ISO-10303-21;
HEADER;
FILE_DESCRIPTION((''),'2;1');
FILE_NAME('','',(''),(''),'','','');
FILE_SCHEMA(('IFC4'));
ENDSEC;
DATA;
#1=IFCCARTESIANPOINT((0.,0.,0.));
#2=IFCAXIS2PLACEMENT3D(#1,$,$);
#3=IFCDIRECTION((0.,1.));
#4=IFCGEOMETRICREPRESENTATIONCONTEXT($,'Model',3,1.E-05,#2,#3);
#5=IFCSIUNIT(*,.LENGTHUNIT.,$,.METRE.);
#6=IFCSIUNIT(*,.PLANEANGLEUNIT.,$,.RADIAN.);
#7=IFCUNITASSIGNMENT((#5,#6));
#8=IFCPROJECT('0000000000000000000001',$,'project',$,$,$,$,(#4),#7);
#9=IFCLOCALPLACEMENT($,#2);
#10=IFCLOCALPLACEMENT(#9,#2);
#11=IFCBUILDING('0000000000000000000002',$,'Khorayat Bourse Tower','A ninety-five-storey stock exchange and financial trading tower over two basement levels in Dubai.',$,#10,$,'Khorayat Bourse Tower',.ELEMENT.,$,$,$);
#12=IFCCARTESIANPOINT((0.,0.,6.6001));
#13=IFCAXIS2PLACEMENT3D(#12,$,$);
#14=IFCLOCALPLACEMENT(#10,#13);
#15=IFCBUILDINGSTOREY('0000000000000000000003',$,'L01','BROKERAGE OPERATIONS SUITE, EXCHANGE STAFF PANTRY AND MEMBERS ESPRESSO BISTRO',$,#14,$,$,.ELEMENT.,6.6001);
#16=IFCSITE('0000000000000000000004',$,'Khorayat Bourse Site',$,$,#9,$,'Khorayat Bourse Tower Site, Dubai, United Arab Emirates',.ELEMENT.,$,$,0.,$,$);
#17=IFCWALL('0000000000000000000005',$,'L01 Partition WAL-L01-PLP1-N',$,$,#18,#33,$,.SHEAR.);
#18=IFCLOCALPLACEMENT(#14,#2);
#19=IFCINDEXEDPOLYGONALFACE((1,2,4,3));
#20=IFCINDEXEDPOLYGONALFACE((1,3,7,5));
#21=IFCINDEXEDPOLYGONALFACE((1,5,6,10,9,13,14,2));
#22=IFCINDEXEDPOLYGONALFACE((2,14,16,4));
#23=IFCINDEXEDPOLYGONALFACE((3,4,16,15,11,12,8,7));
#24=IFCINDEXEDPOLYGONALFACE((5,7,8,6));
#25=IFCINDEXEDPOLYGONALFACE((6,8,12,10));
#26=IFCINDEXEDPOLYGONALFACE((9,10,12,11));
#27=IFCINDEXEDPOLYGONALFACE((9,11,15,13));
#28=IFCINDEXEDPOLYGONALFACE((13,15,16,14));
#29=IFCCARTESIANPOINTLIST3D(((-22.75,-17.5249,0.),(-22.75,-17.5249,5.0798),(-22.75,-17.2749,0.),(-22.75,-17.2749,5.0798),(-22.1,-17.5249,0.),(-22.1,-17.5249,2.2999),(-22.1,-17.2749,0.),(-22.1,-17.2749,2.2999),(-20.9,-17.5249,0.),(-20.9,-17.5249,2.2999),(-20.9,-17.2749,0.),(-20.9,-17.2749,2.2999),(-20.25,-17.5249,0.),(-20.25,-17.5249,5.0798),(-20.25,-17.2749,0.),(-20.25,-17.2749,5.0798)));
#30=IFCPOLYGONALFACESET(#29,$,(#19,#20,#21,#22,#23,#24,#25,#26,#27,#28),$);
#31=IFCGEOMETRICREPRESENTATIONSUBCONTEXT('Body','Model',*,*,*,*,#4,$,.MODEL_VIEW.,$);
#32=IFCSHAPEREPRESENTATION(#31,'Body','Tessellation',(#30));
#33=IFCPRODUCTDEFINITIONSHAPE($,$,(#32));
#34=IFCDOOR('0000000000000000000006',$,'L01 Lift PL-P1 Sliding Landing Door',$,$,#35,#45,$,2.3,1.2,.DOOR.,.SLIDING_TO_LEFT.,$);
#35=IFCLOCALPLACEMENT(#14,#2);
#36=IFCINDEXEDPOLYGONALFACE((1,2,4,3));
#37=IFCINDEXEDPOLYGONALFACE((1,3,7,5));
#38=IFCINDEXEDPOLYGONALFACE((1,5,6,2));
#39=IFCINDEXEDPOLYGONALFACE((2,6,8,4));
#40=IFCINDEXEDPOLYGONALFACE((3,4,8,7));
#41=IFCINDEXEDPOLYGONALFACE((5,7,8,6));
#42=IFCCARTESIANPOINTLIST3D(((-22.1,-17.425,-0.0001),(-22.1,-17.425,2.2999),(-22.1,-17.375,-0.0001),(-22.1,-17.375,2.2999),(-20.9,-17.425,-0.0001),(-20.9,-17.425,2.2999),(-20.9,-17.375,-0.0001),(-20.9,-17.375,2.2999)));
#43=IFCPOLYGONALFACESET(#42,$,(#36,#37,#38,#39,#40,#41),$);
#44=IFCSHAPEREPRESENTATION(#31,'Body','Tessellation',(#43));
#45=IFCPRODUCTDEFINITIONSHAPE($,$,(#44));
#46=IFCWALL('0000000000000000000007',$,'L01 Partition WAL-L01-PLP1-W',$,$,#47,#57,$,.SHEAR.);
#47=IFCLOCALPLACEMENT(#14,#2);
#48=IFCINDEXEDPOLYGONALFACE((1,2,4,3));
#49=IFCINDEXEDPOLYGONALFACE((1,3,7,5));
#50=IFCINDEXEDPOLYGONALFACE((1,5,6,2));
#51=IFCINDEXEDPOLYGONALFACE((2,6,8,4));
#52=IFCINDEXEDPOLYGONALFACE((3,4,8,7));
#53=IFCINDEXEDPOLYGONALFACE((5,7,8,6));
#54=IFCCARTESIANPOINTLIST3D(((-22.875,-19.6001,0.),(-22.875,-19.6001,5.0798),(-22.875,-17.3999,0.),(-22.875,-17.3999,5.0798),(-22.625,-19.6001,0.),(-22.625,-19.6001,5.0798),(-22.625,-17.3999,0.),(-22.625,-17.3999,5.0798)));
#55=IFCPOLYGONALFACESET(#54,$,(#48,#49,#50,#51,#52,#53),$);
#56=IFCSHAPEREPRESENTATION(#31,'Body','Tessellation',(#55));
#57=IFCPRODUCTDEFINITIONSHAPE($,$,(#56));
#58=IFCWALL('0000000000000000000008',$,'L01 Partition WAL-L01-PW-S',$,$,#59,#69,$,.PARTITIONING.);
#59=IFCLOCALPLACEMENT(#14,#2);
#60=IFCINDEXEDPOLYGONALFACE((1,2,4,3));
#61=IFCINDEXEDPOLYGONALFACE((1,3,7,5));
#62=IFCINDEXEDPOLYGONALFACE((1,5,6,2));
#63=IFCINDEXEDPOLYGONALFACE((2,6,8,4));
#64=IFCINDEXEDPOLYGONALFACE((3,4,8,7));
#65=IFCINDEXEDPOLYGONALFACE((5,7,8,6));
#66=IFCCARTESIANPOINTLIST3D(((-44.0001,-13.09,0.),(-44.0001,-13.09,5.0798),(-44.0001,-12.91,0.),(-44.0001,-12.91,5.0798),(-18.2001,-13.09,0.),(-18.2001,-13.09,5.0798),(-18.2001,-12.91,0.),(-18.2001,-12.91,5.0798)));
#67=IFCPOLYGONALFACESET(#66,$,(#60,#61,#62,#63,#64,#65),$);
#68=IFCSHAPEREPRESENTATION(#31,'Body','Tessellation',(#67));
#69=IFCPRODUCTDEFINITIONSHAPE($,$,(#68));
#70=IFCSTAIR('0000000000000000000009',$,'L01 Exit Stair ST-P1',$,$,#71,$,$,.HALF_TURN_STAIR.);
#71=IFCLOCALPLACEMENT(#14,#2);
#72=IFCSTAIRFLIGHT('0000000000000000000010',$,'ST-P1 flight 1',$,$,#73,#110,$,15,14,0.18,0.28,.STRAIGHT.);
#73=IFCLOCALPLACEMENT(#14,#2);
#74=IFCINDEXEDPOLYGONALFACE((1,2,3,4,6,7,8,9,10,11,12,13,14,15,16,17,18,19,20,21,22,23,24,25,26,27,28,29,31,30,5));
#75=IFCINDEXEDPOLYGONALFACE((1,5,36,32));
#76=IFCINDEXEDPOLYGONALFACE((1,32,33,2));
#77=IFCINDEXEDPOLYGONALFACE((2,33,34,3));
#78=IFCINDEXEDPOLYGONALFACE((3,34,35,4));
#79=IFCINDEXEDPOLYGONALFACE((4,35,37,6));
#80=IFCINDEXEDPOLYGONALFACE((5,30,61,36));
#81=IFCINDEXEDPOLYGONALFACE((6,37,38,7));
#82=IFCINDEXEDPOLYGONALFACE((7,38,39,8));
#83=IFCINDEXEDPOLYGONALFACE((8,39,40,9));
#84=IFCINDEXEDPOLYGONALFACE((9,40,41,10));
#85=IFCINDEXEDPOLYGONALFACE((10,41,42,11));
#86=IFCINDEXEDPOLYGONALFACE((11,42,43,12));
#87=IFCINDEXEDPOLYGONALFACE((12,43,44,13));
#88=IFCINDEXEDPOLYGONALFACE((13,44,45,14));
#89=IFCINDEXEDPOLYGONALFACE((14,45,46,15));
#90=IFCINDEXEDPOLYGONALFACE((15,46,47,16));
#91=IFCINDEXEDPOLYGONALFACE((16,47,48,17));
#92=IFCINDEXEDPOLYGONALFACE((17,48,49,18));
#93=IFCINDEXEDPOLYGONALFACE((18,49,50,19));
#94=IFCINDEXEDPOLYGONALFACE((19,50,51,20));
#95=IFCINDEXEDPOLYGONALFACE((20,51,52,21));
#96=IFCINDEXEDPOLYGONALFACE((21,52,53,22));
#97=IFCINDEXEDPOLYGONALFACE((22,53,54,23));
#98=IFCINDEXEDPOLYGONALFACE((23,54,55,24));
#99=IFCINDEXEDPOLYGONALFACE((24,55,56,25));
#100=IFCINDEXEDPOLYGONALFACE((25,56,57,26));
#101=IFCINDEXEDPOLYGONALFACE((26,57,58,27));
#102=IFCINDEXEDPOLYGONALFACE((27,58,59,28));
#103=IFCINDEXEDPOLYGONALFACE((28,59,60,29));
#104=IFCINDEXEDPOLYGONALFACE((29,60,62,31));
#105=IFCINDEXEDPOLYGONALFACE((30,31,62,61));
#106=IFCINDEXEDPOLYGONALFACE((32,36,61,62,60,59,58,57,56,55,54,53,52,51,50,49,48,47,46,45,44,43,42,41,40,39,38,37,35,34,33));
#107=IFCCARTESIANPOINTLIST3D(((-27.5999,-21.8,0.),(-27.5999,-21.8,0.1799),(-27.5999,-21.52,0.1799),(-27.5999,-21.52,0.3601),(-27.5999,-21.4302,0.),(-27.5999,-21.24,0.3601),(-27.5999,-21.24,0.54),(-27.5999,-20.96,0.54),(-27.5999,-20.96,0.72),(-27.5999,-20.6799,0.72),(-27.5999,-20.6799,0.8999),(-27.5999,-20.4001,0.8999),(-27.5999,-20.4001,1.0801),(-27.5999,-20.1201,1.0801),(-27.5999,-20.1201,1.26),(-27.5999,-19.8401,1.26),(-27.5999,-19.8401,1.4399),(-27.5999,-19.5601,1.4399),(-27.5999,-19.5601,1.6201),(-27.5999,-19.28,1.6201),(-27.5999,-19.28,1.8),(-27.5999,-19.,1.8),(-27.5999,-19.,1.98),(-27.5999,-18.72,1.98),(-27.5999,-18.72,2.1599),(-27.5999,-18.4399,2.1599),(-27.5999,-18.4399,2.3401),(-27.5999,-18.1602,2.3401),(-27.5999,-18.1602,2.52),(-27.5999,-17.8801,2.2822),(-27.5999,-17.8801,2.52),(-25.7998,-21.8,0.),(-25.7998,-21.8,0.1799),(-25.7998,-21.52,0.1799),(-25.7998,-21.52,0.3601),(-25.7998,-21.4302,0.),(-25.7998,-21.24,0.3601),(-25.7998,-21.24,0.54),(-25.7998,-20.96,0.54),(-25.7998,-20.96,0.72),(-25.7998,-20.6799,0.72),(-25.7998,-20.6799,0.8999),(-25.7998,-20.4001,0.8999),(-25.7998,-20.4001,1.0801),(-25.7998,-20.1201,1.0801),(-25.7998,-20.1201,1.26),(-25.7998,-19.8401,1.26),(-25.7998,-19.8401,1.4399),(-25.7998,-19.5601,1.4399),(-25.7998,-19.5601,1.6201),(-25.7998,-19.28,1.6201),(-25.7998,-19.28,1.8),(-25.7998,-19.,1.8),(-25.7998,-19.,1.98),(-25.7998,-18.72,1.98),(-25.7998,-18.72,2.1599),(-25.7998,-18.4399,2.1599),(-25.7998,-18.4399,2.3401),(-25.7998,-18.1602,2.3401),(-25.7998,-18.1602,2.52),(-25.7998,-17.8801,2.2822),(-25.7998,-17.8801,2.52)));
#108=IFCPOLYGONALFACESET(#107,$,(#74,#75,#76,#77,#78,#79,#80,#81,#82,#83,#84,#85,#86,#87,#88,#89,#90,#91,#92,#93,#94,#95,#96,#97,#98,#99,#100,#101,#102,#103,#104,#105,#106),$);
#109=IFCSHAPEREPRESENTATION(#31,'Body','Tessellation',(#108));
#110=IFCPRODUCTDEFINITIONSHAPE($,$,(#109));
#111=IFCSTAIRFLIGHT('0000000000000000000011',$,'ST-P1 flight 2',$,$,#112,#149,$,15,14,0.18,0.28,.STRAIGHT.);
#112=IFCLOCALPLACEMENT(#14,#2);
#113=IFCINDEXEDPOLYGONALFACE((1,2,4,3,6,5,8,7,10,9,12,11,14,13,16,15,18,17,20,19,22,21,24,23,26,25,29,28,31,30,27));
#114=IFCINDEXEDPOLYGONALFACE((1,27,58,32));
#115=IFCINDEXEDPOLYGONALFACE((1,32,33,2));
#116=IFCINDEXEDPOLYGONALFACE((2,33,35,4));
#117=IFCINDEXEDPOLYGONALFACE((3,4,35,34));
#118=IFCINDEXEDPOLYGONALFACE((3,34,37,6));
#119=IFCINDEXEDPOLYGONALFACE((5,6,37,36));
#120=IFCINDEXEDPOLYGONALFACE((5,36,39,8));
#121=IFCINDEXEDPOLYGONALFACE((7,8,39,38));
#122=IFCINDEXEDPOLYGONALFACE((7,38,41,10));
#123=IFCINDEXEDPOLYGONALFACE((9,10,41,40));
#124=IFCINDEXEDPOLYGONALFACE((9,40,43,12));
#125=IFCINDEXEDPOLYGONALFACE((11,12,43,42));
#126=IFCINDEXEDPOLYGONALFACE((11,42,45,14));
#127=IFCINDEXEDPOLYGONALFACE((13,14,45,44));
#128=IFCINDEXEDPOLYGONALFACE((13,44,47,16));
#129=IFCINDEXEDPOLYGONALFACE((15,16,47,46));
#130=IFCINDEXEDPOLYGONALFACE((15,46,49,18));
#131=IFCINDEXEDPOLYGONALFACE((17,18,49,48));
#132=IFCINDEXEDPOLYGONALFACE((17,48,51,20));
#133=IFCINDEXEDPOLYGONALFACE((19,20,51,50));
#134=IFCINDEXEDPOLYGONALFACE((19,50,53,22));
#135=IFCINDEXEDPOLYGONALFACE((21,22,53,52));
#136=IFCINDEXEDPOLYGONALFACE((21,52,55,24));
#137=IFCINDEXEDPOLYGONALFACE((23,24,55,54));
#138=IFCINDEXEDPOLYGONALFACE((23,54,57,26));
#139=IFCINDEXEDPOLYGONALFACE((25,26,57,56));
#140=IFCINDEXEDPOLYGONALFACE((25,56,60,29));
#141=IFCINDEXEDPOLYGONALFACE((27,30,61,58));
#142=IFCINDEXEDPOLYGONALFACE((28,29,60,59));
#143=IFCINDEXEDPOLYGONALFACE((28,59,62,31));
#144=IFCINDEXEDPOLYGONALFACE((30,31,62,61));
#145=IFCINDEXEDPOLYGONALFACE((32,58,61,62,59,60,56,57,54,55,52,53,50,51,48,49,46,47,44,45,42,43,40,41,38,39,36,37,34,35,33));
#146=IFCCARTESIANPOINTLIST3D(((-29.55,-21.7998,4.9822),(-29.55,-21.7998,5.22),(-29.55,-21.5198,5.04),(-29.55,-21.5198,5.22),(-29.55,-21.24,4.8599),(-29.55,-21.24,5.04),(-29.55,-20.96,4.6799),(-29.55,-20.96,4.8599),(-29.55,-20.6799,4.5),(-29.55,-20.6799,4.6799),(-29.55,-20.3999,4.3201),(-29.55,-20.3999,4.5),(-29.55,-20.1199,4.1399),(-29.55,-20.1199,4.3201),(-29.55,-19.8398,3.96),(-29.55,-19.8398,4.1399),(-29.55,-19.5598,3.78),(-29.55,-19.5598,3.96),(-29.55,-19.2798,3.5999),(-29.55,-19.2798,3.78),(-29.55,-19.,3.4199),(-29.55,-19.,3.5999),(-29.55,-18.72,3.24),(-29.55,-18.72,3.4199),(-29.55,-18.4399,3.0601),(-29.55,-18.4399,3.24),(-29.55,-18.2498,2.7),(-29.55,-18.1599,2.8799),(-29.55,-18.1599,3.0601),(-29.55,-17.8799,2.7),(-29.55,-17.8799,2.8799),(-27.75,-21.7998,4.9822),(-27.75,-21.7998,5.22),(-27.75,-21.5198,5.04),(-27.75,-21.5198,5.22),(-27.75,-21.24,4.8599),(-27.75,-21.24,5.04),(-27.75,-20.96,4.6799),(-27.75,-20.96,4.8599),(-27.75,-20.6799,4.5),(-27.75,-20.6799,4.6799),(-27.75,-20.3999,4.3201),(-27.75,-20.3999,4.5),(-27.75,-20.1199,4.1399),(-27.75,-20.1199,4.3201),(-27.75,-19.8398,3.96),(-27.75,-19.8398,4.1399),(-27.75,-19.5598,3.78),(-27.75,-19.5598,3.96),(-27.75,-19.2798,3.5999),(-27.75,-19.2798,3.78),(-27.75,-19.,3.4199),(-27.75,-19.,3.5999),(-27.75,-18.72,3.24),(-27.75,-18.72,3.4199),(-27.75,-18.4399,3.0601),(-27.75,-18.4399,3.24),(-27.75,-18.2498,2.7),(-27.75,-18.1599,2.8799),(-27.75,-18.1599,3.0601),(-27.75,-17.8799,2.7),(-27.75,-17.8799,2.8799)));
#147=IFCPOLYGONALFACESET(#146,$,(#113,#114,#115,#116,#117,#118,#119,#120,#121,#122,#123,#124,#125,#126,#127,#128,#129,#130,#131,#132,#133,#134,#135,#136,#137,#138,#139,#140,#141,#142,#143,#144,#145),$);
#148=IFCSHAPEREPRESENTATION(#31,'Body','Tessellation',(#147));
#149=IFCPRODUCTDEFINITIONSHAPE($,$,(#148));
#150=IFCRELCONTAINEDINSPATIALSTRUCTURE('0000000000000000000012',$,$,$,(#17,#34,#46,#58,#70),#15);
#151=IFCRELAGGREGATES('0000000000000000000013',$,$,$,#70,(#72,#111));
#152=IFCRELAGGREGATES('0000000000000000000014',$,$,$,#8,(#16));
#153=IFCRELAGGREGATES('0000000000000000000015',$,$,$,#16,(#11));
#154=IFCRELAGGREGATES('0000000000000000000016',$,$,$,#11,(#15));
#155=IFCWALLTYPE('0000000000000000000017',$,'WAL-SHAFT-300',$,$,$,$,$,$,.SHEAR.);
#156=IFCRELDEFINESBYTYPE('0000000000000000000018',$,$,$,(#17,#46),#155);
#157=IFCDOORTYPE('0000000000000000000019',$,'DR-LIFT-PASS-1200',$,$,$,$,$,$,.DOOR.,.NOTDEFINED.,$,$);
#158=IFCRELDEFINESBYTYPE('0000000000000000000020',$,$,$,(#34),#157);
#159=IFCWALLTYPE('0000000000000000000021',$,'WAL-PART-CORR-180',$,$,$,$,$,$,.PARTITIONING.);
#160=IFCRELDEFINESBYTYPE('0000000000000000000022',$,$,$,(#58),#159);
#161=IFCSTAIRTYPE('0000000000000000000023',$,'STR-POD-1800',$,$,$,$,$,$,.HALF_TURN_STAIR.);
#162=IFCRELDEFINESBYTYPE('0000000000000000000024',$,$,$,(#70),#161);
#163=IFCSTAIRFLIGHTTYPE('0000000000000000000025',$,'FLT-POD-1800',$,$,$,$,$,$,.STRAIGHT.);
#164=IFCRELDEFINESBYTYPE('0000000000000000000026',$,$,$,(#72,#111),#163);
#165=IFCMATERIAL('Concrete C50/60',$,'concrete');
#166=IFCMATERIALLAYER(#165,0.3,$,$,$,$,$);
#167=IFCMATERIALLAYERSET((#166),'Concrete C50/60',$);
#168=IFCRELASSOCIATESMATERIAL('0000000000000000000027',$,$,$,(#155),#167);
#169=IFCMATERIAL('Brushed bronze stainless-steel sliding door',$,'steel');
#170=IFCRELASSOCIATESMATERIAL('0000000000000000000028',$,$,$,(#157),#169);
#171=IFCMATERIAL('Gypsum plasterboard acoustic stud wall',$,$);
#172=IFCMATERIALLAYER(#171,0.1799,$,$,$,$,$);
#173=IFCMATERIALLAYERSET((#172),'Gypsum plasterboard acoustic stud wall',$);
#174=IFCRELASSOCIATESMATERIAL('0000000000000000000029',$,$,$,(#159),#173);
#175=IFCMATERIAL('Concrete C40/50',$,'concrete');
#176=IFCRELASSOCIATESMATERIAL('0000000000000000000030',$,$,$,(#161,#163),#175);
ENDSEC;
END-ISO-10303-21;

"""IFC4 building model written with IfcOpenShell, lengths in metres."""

from ifc_helpers import new_model, si_unit, direction, frame, frame_2d, origin, place, context, subcontext, project, spatial, polyline, rectangle, outline, extrude, source, transform, mapped, material, layer, layer_set, type_object, element, fill, aggregate, save


model = new_model("IFC4")

# Units and contexts
model_context = context("Model", 3, precision=1e-05, world=origin(), true_north=direction((0.0, 1.0)))
body_context = subcontext(model_context, "Body", "Model", "MODEL_VIEW")
ifc_project = project(units=[si_unit("LENGTHUNIT", "METRE"), si_unit("PLANEANGLEUNIT", "RADIAN")], contexts=[model_context])

# Site, building, storey
site_placement = place(None, origin())
site = spatial("IfcSite", under=ifc_project, at=site_placement, Name="Khorayat Bourse Site", LongName="Khorayat Bourse Tower Site, Dubai, United Arab Emirates", CompositionType="ELEMENT", RefElevation=0.0)
building_placement = place(site_placement, origin())
building = spatial("IfcBuilding", under=site, at=building_placement, Name="Khorayat Bourse Tower", Description="A ninety-five-storey stock exchange and financial trading tower over two basement levels in Dubai.", LongName="Khorayat Bourse Tower", CompositionType="ELEMENT")
storey_placement = place(building_placement, frame((0.0, 0.0, 6.6001)))
storey = spatial("IfcBuildingStorey", under=building, at=storey_placement, Name="L01", Description="BROKERAGE OPERATIONS SUITE, EXCHANGE STAFF PANTRY AND MEMBERS ESPRESSO BISTRO", CompositionType="ELEMENT", Elevation=6.6001)

# Shared definitions
ifc_material_1 = material(Name="Concrete C50/60", Category="concrete")
ifc_layer_1 = layer(ifc_material_1, 0.3)
ifc_layer_set_1 = layer_set([ifc_layer_1], Name="Concrete C50/60")
wall_type_1 = type_object("IfcWallType", Name="WAL-SHAFT-300", PredefinedType="SHEAR", material=ifc_layer_set_1)

# Shared definitions
shared_shape_1 = source(origin(), body_context, "Body", "SweptSolid", [
    extrude(rectangle(XDim=2.5, YDim=0.25, at=frame_2d((1.25, 0.0))), origin(), (0.0, 0.0, 1.0), 5.0798),
])

# Wall, opening, door
wall_1_placement = place(storey_placement, frame((-22.75, -17.3999, 0.0), z_axis=(0.0, 0.0, 1.0), x_axis=(1.0, 0.0, 0.0)))
wall_1 = element("IfcWall", 1, at=wall_1_placement, inside=storey, type_object=wall_type_1, Name="L01 Partition WAL-L01-PLP1-N", PredefinedType="SHEAR", context=body_context, shape_type="MappedRepresentation", body=[
    mapped(shared_shape_1, transform((0.0, 0.0, 0.0), scale=1.0)),
])
shared_shape_2 = source(origin(), body_context, "Body", "SweptSolid", [
    extrude(rectangle(XDim=1.2, YDim=2.3, at=frame_2d((0.6001, 1.1499))), frame((0.0, 0.135, 0.0), z_axis=(0.0, -1.0, 0.0), x_axis=(1.0, 0.0, 0.0)), (0.0, 0.0, 1.0), 0.27),
])
opening_1_placement = place(wall_1_placement, frame((0.6499, 0.0, 0.0)))
opening_1 = element("IfcOpeningElement", 2, at=opening_1_placement, cuts=wall_1, PredefinedType="OPENING", context=body_context, shape_type="MappedRepresentation", body=[
    mapped(shared_shape_2, transform((0.0, 0.0, 0.0), scale=1.0)),
])
ifc_material_2 = material(Name="Brushed bronze stainless-steel sliding door", Category="steel")
door_type_1 = type_object("IfcDoorType", Name="DR-LIFT-PASS-1200", OperationType="NOTDEFINED", PredefinedType="DOOR", material=ifc_material_2)
shared_shape_3 = source(origin(), body_context, "Body", "SweptSolid", [
    extrude(rectangle(XDim=1.2, YDim=2.3, at=frame_2d((0.6001, 1.1499))), frame((0.0, 0.0249, 0.0), z_axis=(0.0, -1.0, 0.0), x_axis=(1.0, 0.0, 0.0)), (0.0, 0.0, 1.0), 0.05),
])
door_1_placement = place(opening_1_placement, origin())
door_1 = element("IfcDoor", 3, at=door_1_placement, inside=storey, type_object=door_type_1, Name="L01 Lift PL-P1 Sliding Landing Door", OperationType="SLIDING_TO_LEFT", OverallHeight=2.3, OverallWidth=1.2, PredefinedType="DOOR", context=body_context, shape_type="MappedRepresentation", body=[
    mapped(shared_shape_3, transform((0.0, 0.0, 0.0), scale=1.0)),
])
fill(opening_1, door_1)

# Walls
shared_shape_4 = source(origin(), body_context, "Body", "SweptSolid", [
    extrude(rectangle(XDim=2.2002, YDim=0.25, at=frame_2d((1.1001, 0.0))), origin(), (0.0, 0.0, 1.0), 5.0798),
])
wall_2_placement = place(storey_placement, frame((-22.75, -19.6001, 0.0), z_axis=(0.0, 0.0, 1.0), x_axis=(0.0, 1.0, 0.0)))
element("IfcWall", 4, at=wall_2_placement, inside=storey, type_object=wall_type_1, Name="L01 Partition WAL-L01-PLP1-W", PredefinedType="SHEAR", context=body_context, shape_type="MappedRepresentation", body=[
    mapped(shared_shape_4, transform((0.0, 0.0, 0.0), scale=1.0)),
])
ifc_material_3 = material(Name="Gypsum plasterboard acoustic stud wall")
ifc_layer_2 = layer(ifc_material_3, 0.1799)
ifc_layer_set_2 = layer_set([ifc_layer_2], Name="Gypsum plasterboard acoustic stud wall")
wall_type_2 = type_object("IfcWallType", Name="WAL-PART-CORR-180", PredefinedType="PARTITIONING", material=ifc_layer_set_2)
shared_shape_5 = source(origin(), body_context, "Body", "SweptSolid", [
    extrude(rectangle(XDim=25.8, YDim=0.1799, at=frame_2d((12.8999, 0.0))), origin(), (0.0, 0.0, 1.0), 5.0798),
])
wall_3_placement = place(storey_placement, frame((-44.0, -13.0, 0.0), z_axis=(0.0, 0.0, 1.0), x_axis=(1.0, 0.0, 0.0)))
element("IfcWall", 5, at=wall_3_placement, inside=storey, type_object=wall_type_2, Name="L01 Partition WAL-L01-PW-S", PredefinedType="PARTITIONING", context=body_context, shape_type="MappedRepresentation", body=[
    mapped(shared_shape_5, transform((0.0, 0.0, 0.0), scale=1.0)),
])

# Stair, stair flights
ifc_material_4 = material(Name="Concrete C40/50", Category="concrete")
stair_type = type_object("IfcStairType", Name="STR-POD-1800", PredefinedType="HALF_TURN_STAIR", material=ifc_material_4)
stair_placement = place(storey_placement, origin())
stair = element("IfcStair", 6, at=stair_placement, inside=storey, type_object=stair_type, Name="L01 Exit Stair ST-P1", PredefinedType="HALF_TURN_STAIR")
stair_flight_type = type_object("IfcStairFlightType", Name="FLT-POD-1800", PredefinedType="STRAIGHT", material=ifc_material_4)
shared_shape_6 = source(origin(), body_context, "Body", "SweptSolid", [
    extrude(outline(polyline([(0.0, 0.0), (0.0, 0.1799), (0.28, 0.1799), (0.28, 0.3601), (0.5601, 0.3601), (0.5601, 0.54), (0.8401, 0.54), (0.8401, 0.72), (1.1201, 0.72), (1.1201, 0.8999), (1.3999, 0.8999), (1.3999, 1.0801), (1.6799, 1.0801), (1.6799, 1.26), (1.96, 1.26), (1.96, 1.4399), (2.24, 1.4399), (2.24, 1.6201), (2.52, 1.6201), (2.52, 1.8), (2.8, 1.8), (2.8, 1.98), (3.0801, 1.98), (3.0801, 2.1599), (3.3601, 2.1599), (3.3601, 2.3401), (3.6399, 2.3401), (3.6399, 2.52), (3.9199, 2.52), (3.9199, 2.7), (3.9199, 2.2822), (0.3699, 0.0), (0.0, 0.0)])), frame((0.0, 0.8999, 0.0), z_axis=(0.0, -1.0, 0.0), x_axis=(1.0, 0.0, 0.0)), (0.0, 0.0, 1.0), 1.8),
])
stair_flight_1_placement = place(storey_placement, frame((-26.7, -21.8, 0.0), z_axis=(0.0, 0.0, 1.0), x_axis=(0.0, 1.0, 0.0)))
stair_flight_1 = element("IfcStairFlight", 7, at=stair_flight_1_placement, type_object=stair_flight_type, Name="ST-P1 flight 1", NumberOfRisers=15, NumberOfTreads=14, PredefinedType="STRAIGHT", RiserHeight=0.18, TreadLength=0.28, context=body_context, shape_type="MappedRepresentation", body=[
    mapped(shared_shape_6, transform((0.0, 0.0, 0.0), scale=1.0)),
])
stair_flight_2_placement = place(storey_placement, frame((-28.6499, -17.8799, 2.7), z_axis=(0.0, 0.0, 1.0), x_axis=(0.0, -1.0, 0.0)))
stair_flight_2 = element("IfcStairFlight", 8, at=stair_flight_2_placement, type_object=stair_flight_type, Name="ST-P1 flight 2", NumberOfRisers=15, NumberOfTreads=14, PredefinedType="STRAIGHT", RiserHeight=0.18, TreadLength=0.28, context=body_context, shape_type="MappedRepresentation", body=[
    mapped(shared_shape_6, transform((0.0, 0.0, 0.0), scale=1.0)),
])
aggregate(stair, [stair_flight_1, stair_flight_2])

save(model, "model.ifc")
